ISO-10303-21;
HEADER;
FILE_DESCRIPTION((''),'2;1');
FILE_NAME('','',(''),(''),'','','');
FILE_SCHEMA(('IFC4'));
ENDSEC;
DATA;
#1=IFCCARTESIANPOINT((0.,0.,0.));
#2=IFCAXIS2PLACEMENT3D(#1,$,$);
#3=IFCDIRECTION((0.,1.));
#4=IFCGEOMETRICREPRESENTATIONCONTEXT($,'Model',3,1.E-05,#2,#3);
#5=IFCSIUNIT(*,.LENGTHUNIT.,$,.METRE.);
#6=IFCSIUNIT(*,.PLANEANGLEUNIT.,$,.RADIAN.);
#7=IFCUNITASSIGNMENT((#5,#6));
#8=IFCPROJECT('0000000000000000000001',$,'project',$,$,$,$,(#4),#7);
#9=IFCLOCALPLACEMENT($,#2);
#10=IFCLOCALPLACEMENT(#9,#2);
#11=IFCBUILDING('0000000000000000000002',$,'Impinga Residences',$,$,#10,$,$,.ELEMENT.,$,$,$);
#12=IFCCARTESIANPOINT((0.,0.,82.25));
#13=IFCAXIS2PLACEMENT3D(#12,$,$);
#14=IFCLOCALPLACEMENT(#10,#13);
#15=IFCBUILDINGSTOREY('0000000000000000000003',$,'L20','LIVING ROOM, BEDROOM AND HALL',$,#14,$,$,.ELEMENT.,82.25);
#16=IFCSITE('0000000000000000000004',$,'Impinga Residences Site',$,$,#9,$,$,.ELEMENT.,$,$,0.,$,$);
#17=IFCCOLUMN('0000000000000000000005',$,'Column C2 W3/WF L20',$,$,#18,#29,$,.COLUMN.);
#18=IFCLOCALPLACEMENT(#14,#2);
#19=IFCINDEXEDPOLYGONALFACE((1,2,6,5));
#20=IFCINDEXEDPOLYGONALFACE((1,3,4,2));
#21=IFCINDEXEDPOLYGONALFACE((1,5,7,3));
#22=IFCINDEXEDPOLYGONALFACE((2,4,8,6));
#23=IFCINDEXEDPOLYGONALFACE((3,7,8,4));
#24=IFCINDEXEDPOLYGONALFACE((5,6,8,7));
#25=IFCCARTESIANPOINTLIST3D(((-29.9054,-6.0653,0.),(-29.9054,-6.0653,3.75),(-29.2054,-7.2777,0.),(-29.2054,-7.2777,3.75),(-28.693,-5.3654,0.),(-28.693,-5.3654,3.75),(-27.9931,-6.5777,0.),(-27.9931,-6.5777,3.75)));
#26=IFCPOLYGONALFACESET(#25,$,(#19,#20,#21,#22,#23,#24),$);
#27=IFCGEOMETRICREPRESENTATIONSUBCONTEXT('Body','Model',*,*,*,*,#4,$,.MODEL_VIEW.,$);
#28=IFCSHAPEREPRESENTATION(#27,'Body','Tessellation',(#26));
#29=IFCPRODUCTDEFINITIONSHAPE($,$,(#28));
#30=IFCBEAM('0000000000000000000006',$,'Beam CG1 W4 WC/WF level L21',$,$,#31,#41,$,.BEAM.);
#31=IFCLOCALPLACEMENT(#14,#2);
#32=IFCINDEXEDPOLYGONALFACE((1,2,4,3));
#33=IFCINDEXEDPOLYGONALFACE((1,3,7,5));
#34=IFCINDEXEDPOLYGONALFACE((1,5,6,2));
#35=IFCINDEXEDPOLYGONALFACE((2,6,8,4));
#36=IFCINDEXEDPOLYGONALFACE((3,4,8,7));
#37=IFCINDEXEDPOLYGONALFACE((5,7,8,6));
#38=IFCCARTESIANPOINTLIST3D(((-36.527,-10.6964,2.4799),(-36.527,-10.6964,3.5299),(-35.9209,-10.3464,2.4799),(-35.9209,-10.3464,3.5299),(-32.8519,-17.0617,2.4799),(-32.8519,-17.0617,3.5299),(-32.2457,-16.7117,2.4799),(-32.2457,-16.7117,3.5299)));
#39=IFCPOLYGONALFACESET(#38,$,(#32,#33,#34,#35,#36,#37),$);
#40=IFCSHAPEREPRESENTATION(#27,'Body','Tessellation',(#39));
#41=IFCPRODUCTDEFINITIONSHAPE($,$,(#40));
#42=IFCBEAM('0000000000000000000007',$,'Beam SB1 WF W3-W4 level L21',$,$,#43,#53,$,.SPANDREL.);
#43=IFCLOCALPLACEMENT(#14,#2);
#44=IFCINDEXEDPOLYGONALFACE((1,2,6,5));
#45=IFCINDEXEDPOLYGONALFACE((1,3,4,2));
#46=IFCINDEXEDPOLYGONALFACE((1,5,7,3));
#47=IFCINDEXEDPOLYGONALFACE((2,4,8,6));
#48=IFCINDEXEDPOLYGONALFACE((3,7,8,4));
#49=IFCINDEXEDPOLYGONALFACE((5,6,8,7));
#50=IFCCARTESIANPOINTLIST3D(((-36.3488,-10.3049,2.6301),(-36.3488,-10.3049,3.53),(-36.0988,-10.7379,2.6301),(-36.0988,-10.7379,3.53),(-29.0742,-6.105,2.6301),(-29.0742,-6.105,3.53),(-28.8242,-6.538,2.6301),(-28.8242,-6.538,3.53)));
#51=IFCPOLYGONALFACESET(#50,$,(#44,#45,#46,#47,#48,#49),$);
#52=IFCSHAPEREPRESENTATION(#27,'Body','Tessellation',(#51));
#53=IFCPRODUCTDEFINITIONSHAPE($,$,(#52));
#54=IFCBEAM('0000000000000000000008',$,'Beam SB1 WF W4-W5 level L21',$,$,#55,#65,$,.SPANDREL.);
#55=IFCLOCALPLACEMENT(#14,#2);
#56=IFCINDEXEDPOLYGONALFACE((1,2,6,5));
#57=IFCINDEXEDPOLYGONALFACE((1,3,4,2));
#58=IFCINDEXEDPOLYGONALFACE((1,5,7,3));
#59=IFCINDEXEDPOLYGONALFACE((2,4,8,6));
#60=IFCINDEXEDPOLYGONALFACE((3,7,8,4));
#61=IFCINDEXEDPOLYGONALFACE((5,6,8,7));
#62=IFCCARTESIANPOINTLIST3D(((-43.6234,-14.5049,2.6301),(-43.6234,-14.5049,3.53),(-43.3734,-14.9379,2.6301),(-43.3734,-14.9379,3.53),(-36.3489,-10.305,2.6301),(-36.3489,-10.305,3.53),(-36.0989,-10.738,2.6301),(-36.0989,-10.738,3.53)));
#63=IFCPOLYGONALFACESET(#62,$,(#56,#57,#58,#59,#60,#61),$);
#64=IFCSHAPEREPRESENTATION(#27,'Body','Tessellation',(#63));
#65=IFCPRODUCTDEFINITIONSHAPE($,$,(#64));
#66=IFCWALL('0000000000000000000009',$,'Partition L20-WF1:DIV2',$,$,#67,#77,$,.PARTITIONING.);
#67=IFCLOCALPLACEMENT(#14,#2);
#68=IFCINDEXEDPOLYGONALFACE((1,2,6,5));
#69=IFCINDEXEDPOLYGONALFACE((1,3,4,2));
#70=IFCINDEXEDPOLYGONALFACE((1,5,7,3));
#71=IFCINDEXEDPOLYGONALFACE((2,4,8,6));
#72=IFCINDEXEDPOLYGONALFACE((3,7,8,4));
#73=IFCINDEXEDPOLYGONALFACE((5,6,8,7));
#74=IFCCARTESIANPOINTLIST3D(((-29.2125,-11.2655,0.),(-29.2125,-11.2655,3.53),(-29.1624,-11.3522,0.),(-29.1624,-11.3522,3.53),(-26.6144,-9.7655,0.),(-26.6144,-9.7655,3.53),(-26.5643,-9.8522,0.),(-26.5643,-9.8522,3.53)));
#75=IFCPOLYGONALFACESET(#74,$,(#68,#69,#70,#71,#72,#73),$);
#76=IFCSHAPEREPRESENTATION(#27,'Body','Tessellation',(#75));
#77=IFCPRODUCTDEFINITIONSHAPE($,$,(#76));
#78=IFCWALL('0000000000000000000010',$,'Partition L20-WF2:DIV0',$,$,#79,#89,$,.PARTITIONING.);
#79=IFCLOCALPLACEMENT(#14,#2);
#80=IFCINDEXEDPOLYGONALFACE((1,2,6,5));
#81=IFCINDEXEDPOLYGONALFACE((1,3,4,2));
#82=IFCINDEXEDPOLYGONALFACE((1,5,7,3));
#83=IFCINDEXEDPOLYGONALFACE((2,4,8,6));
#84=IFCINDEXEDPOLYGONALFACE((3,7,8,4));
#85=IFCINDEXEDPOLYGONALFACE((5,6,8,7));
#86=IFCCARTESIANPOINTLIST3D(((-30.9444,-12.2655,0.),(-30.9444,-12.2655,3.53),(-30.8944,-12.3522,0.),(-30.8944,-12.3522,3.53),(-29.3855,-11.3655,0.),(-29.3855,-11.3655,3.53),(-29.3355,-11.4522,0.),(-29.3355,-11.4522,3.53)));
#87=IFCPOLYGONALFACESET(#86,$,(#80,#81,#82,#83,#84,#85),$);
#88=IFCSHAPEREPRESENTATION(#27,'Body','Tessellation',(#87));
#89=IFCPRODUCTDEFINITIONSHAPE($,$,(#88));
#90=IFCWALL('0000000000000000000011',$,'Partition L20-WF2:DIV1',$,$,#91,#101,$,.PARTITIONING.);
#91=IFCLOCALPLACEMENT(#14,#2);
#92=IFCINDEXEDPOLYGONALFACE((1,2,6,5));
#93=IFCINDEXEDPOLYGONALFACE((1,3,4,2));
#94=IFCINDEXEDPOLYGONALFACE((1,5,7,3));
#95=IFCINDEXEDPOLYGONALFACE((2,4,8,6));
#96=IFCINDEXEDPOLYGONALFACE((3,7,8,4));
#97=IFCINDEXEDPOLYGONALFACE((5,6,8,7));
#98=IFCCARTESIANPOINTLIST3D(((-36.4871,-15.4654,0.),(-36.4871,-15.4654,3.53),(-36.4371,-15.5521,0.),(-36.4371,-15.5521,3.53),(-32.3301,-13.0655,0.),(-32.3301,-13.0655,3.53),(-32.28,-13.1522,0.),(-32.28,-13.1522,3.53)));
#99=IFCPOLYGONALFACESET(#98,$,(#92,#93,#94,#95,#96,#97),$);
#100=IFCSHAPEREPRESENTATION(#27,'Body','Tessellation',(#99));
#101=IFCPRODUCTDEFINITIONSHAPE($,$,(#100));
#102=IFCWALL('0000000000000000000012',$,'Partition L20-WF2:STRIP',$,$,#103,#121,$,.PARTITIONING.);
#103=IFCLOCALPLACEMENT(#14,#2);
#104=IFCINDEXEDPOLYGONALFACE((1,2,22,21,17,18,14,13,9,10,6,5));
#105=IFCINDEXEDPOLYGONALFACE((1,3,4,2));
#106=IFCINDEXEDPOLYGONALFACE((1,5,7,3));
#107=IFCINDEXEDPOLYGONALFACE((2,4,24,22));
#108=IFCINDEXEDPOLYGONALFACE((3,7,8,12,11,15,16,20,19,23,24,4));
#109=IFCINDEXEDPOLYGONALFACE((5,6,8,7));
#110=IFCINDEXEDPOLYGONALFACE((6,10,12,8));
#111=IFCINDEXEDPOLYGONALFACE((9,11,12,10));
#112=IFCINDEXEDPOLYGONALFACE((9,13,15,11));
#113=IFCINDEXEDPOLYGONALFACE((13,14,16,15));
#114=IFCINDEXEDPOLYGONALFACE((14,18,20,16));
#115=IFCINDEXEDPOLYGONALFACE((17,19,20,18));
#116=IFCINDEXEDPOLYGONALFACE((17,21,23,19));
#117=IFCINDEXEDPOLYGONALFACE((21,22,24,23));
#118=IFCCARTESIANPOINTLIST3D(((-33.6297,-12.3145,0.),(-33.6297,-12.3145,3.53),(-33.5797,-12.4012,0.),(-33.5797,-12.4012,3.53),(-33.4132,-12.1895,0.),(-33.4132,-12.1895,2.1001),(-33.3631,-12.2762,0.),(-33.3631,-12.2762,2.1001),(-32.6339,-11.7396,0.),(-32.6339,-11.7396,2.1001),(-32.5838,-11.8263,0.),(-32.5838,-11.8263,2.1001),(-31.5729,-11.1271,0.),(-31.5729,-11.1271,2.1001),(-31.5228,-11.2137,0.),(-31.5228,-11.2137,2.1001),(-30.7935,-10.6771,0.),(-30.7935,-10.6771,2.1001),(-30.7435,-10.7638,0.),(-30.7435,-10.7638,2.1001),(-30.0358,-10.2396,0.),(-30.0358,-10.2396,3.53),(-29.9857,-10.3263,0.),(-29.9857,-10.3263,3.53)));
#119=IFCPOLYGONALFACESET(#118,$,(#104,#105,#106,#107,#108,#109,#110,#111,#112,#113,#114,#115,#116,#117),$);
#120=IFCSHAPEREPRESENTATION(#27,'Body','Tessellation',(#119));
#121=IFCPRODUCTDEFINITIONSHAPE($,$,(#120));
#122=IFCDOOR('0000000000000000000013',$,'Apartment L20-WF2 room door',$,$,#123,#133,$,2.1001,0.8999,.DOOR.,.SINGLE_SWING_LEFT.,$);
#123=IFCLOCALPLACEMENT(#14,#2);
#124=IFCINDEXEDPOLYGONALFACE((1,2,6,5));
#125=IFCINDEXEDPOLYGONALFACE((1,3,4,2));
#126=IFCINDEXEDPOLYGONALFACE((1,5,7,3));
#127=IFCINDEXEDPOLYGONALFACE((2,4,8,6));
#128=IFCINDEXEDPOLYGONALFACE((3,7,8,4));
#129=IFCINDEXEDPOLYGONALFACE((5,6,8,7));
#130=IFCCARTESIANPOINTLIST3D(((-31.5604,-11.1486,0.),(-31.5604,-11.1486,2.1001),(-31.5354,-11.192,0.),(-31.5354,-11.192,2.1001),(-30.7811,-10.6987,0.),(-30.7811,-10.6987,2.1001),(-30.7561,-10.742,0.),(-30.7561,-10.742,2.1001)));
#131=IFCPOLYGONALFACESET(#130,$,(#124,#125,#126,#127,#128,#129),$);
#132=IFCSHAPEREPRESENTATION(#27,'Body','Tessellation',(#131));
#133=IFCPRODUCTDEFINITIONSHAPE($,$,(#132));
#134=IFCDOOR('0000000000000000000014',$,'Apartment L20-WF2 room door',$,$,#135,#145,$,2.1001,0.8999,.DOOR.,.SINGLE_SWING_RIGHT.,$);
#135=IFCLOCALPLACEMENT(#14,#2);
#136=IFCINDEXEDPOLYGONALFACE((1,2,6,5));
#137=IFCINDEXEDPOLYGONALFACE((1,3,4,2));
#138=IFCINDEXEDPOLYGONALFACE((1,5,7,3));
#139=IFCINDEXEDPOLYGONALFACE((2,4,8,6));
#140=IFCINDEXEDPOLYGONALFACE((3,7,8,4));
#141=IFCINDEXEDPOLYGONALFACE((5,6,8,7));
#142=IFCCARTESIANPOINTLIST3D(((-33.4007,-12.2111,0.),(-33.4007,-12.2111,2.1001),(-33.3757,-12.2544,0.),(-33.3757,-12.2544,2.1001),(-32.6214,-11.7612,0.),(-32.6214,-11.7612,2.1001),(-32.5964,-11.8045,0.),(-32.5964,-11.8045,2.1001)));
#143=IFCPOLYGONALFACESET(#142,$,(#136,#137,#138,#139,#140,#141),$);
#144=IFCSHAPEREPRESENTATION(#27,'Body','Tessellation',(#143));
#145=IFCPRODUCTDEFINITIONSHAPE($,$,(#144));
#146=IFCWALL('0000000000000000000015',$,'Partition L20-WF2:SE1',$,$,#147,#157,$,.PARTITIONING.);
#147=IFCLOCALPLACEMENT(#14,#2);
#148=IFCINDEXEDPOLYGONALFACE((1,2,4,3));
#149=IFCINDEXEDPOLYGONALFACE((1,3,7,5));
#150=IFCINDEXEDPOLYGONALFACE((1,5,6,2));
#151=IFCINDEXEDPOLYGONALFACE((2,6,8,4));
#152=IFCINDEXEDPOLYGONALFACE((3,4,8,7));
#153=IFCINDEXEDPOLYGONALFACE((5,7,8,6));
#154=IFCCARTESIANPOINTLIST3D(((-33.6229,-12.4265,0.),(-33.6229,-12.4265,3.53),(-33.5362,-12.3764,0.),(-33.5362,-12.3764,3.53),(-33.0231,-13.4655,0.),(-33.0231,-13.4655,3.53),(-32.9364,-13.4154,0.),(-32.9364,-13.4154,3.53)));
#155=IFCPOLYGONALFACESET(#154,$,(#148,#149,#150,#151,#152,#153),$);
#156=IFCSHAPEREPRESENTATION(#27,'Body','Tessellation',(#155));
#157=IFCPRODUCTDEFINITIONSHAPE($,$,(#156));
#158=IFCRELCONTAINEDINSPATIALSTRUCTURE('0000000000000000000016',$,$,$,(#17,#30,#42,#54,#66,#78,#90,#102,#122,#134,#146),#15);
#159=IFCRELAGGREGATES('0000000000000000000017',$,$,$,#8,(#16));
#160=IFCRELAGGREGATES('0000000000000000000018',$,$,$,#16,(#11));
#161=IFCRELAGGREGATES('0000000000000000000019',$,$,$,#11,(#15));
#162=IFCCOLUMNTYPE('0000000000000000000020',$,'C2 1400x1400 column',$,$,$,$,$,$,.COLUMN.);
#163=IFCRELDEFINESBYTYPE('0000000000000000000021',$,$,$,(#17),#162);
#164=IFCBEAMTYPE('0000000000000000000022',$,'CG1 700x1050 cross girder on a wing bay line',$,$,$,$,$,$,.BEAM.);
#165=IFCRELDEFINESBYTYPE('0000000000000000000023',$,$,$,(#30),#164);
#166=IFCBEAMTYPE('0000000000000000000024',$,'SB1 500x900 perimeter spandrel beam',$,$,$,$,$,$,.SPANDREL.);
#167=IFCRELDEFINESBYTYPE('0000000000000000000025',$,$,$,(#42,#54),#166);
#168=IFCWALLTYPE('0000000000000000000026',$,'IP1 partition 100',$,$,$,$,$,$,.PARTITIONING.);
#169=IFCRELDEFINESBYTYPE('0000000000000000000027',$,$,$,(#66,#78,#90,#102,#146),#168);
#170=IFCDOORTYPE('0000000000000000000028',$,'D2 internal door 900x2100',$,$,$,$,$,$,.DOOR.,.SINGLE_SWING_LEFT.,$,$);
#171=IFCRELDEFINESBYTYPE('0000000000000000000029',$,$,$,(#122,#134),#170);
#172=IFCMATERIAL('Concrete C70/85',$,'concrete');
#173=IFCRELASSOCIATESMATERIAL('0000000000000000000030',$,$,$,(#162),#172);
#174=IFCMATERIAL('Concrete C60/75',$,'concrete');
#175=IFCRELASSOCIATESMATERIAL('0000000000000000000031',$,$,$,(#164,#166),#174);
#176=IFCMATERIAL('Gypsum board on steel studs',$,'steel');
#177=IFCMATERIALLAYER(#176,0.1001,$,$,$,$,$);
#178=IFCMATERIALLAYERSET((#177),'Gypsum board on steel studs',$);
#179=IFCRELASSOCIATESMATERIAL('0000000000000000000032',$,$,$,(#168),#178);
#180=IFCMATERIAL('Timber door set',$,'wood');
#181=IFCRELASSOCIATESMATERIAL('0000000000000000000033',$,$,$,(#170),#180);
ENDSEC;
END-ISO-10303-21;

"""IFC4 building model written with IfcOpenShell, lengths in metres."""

from ifc_helpers import new_model, si_unit, direction, frame, frame_2d, origin, origin_2d, place, context, subcontext, project, spatial, rectangle, extrude, material, layer, layer_set, material_profile, profile_set, type_object, element, fill, save


model = new_model("IFC4")

# Units and contexts
model_context = context("Model", 3, precision=1e-05, world=origin(), true_north=direction((0.0, 1.0)))
body_context = subcontext(model_context, "Body", "Model", "MODEL_VIEW")
ifc_project = project(units=[si_unit("LENGTHUNIT", "METRE"), si_unit("PLANEANGLEUNIT", "RADIAN")], contexts=[model_context])

# Site, building, storey
site_placement = place(None, origin())
site = spatial("IfcSite", under=ifc_project, at=site_placement, Name="Impinga Residences Site", CompositionType="ELEMENT", RefElevation=0.0)
building_placement = place(site_placement, origin())
building = spatial("IfcBuilding", under=site, at=building_placement, Name="Impinga Residences", CompositionType="ELEMENT")
storey_placement = place(building_placement, frame((0.0, 0.0, 82.25)))
storey = spatial("IfcBuildingStorey", under=building, at=storey_placement, Name="L20", Description="LIVING ROOM, BEDROOM AND HALL", CompositionType="ELEMENT", Elevation=82.25)

# Column
ifc_material_1 = material(Name="Concrete C70/85", Category="concrete")
ifc_material_profile_1 = material_profile(ifc_material_1, rectangle(XDim=1.3999, YDim=1.3999, at=origin_2d()), Name="RC 1400x1400")
ifc_profile_set_1 = profile_set([ifc_material_profile_1], Name="Concrete C70/85")
column_type = type_object("IfcColumnType", Name="C2 1400x1400 column", PredefinedType="COLUMN", material=ifc_profile_set_1)
column_placement = place(storey_placement, frame((-28.9492, -6.3215, 0.0), z_axis=(0.0, 0.0, 1.0), x_axis=(-0.5, 0.866025, 0.0)))
element("IfcColumn", 1, at=column_placement, inside=storey, type_object=column_type, Name="Column C2 W3/WF L20", PredefinedType="COLUMN", context=body_context, shape_type="SweptSolid", body=[
    extrude(rectangle(XDim=1.3999, YDim=1.3999, at=origin_2d()), origin(), (0.0, 0.0, 1.0), 3.75),
])

# Beams
ifc_material_2 = material(Name="Concrete C60/75", Category="concrete")
ifc_material_profile_2 = material_profile(ifc_material_2, rectangle(XDim=0.7, YDim=1.05, at=origin_2d()), Name="RC 700x1050")
ifc_profile_set_2 = profile_set([ifc_material_profile_2], Name="Concrete C60/75")
beam_type_1 = type_object("IfcBeamType", Name="CG1 700x1050 cross girder on a wing bay line", PredefinedType="BEAM", material=ifc_profile_set_2)
beam_placement = place(storey_placement, frame((-32.5488, -16.8867, 3.0049), z_axis=(-0.500008, 0.866021, 0.0), x_axis=(-0.866021, -0.500008, 0.0)))
element("IfcBeam", 2, at=beam_placement, inside=storey, type_object=beam_type_1, Name="Beam CG1 W4 WC/WF level L21", PredefinedType="BEAM", context=body_context, shape_type="SweptSolid", body=[
    extrude(rectangle(XDim=0.7, YDim=1.05, at=origin_2d()), origin(), (0.0, 0.0, 1.0), 7.3501),
])
ifc_material_profile_3 = material_profile(ifc_material_2, rectangle(XDim=0.5, YDim=0.8999, at=origin_2d()), Name="RC 500x900")
ifc_profile_set_3 = profile_set([ifc_material_profile_3], Name="Concrete C60/75")
beam_type_2 = type_object("IfcBeamType", Name="SB1 500x900 perimeter spandrel beam", PredefinedType="SPANDREL", material=ifc_profile_set_3)
for number, where, z_axis, x_axis, name in (
    (3, (-28.9492, -6.3215, 3.0801), (-0.866029, -0.499993, 0.0), (0.499993, -0.866029, 0.0), "Beam SB1 WF W3-W4 level L21"),
    (4, (-36.2239, -10.5215, 3.0801), (-0.866029, -0.499993, 0.0), (0.499993, -0.866029, 0.0), "Beam SB1 WF W4-W5 level L21"),
):
    element("IfcBeam", number, at=place(storey_placement, frame(where, z_axis=z_axis, x_axis=x_axis)), inside=storey, type_object=beam_type_2, Name=name, PredefinedType="SPANDREL", context=body_context, shape_type="SweptSolid", body=[
        extrude(rectangle(XDim=0.5, YDim=0.8999, at=origin_2d()), origin(), (0.0, 0.0, 1.0), 8.3999),
    ])

# Walls
ifc_material_3 = material(Name="Gypsum board on steel studs", Category="steel")
ifc_layer_1 = layer(ifc_material_3, 0.1001)
ifc_layer_set_1 = layer_set([ifc_layer_1], Name="Gypsum board on steel studs")
wall_type_1 = type_object("IfcWallType", Name="IP1 partition 100", PredefinedType="PARTITIONING", material=ifc_layer_set_1)
wall_1_placement = place(storey_placement, frame((-26.5894, -9.8088, 0.0), z_axis=(0.0, 0.0, 1.0), x_axis=(-0.866031, -0.49999, 0.0)))
element("IfcWall", 5, at=wall_1_placement, inside=storey, type_object=wall_type_1, Name="Partition L20-WF1:DIV2", PredefinedType="PARTITIONING", context=body_context, shape_type="SweptSolid", body=[
    extrude(rectangle(XDim=3.0, YDim=0.1001, at=frame_2d((1.5, 0.0))), origin(), (0.0, 0.0, 1.0), 3.53),
])
wall_2_placement = place(storey_placement, frame((-29.3606, -11.4089, 0.0), z_axis=(0.0, 0.0, 1.0), x_axis=(-0.866048, -0.499961, 0.0)))
element("IfcWall", 6, at=wall_2_placement, inside=storey, type_object=wall_type_1, Name="Partition L20-WF2:DIV0", PredefinedType="PARTITIONING", context=body_context, shape_type="SweptSolid", body=[
    extrude(rectangle(XDim=1.8, YDim=0.1001, at=frame_2d((0.8999, 0.0))), origin(), (0.0, 0.0, 1.0), 3.53),
])
wall_3_placement = place(storey_placement, frame((-32.3052, -13.1089, 0.0), z_axis=(0.0, 0.0, 1.0), x_axis=(-0.866037, -0.499979, 0.0)))
element("IfcWall", 7, at=wall_3_placement, inside=storey, type_object=wall_type_1, Name="Partition L20-WF2:DIV1", PredefinedType="PARTITIONING", context=body_context, shape_type="SweptSolid", body=[
    extrude(rectangle(XDim=4.8, YDim=0.1001, at=frame_2d((2.3999, 0.0))), origin(), (0.0, 0.0, 1.0), 3.53),
])

# Wall, openings, doors
wall_4_placement = place(storey_placement, frame((-30.0107, -10.283, 0.0), z_axis=(0.0, 0.0, 1.0), x_axis=(-0.86603, -0.499992, 0.0)))
wall_4 = element("IfcWall", 8, at=wall_4_placement, inside=storey, type_object=wall_type_1, Name="Partition L20-WF2:STRIP", PredefinedType="PARTITIONING", context=body_context, shape_type="SweptSolid", body=[
    extrude(rectangle(XDim=4.1499, YDim=0.1001, at=frame_2d((2.075, 0.0))), origin(), (0.0, 0.0, 1.0), 3.53),
])
opening_1_placement = place(wall_4_placement, frame((0.875, 0.0, 0.0)))
opening_1 = element("IfcOpeningElement", 9, at=opening_1_placement, cuts=wall_4, PredefinedType="OPENING", context=body_context, shape_type="SweptSolid", body=[
    extrude(rectangle(XDim=0.8999, YDim=2.1001, at=frame_2d((0.45, 1.05))), frame((0.0, 0.0601, 0.0), z_axis=(0.0, -1.0, 0.0), x_axis=(1.0, 0.0, 0.0)), (0.0, 0.0, 1.0), 0.1201),
])
opening_2_placement = place(wall_4_placement, frame((3.0, 0.0, 0.0)))
opening_2 = element("IfcOpeningElement", 10, at=opening_2_placement, cuts=wall_4, PredefinedType="OPENING", context=body_context, shape_type="SweptSolid", body=[
    extrude(rectangle(XDim=0.8999, YDim=2.1001, at=frame_2d((0.45, 1.05))), frame((0.0, 0.0601, 0.0), z_axis=(0.0, -1.0, 0.0), x_axis=(1.0, 0.0, 0.0)), (0.0, 0.0, 1.0), 0.1201),
])
ifc_material_4 = material(Name="Timber door set", Category="wood")
door_type = type_object("IfcDoorType", Name="D2 internal door 900x2100", OperationType="SINGLE_SWING_LEFT", PredefinedType="DOOR", material=ifc_material_4)
door_1_placement = place(opening_1_placement, origin())
door_1 = element("IfcDoor", 11, at=door_1_placement, inside=storey, type_object=door_type, Name="Apartment L20-WF2 room door", OperationType="SINGLE_SWING_LEFT", OverallHeight=2.1001, OverallWidth=0.8999, PredefinedType="DOOR", context=body_context, shape_type="SweptSolid", body=[
    extrude(rectangle(XDim=0.8999, YDim=2.1001, at=frame_2d((0.45, 1.05))), frame((0.0, 0.0249, 0.0), z_axis=(0.0, -1.0, 0.0), x_axis=(1.0, 0.0, 0.0)), (0.0, 0.0, 1.0), 0.05),
])
fill(opening_1, door_1)
door_2_placement = place(opening_2_placement, origin())
door_2 = element("IfcDoor", 12, at=door_2_placement, inside=storey, type_object=door_type, Name="Apartment L20-WF2 room door", OperationType="SINGLE_SWING_RIGHT", OverallHeight=2.1001, OverallWidth=0.8999, PredefinedType="DOOR", context=body_context, shape_type="SweptSolid", body=[
    extrude(rectangle(XDim=0.8999, YDim=2.1001, at=frame_2d((0.45, 1.05))), frame((0.0, 0.0249, 0.0), z_axis=(0.0, -1.0, 0.0), x_axis=(1.0, 0.0, 0.0)), (0.0, 0.0, 1.0), 0.05),
])
fill(opening_2, door_2)

# Wall
wall_5_placement = place(storey_placement, frame((-32.9797, -13.4404, 0.0), z_axis=(0.0, 0.0, 1.0), x_axis=(-0.499969, 0.866043, 0.0)))
element("IfcWall", 13, at=wall_5_placement, inside=storey, type_object=wall_type_1, Name="Partition L20-WF2:SE1", PredefinedType="PARTITIONING", context=body_context, shape_type="SweptSolid", body=[
    extrude(rectangle(XDim=1.1997, YDim=0.1001, at=frame_2d((0.5999, 0.0))), origin(), (0.0, 0.0, 1.0), 3.53),
])

save(model, "model.ifc")
